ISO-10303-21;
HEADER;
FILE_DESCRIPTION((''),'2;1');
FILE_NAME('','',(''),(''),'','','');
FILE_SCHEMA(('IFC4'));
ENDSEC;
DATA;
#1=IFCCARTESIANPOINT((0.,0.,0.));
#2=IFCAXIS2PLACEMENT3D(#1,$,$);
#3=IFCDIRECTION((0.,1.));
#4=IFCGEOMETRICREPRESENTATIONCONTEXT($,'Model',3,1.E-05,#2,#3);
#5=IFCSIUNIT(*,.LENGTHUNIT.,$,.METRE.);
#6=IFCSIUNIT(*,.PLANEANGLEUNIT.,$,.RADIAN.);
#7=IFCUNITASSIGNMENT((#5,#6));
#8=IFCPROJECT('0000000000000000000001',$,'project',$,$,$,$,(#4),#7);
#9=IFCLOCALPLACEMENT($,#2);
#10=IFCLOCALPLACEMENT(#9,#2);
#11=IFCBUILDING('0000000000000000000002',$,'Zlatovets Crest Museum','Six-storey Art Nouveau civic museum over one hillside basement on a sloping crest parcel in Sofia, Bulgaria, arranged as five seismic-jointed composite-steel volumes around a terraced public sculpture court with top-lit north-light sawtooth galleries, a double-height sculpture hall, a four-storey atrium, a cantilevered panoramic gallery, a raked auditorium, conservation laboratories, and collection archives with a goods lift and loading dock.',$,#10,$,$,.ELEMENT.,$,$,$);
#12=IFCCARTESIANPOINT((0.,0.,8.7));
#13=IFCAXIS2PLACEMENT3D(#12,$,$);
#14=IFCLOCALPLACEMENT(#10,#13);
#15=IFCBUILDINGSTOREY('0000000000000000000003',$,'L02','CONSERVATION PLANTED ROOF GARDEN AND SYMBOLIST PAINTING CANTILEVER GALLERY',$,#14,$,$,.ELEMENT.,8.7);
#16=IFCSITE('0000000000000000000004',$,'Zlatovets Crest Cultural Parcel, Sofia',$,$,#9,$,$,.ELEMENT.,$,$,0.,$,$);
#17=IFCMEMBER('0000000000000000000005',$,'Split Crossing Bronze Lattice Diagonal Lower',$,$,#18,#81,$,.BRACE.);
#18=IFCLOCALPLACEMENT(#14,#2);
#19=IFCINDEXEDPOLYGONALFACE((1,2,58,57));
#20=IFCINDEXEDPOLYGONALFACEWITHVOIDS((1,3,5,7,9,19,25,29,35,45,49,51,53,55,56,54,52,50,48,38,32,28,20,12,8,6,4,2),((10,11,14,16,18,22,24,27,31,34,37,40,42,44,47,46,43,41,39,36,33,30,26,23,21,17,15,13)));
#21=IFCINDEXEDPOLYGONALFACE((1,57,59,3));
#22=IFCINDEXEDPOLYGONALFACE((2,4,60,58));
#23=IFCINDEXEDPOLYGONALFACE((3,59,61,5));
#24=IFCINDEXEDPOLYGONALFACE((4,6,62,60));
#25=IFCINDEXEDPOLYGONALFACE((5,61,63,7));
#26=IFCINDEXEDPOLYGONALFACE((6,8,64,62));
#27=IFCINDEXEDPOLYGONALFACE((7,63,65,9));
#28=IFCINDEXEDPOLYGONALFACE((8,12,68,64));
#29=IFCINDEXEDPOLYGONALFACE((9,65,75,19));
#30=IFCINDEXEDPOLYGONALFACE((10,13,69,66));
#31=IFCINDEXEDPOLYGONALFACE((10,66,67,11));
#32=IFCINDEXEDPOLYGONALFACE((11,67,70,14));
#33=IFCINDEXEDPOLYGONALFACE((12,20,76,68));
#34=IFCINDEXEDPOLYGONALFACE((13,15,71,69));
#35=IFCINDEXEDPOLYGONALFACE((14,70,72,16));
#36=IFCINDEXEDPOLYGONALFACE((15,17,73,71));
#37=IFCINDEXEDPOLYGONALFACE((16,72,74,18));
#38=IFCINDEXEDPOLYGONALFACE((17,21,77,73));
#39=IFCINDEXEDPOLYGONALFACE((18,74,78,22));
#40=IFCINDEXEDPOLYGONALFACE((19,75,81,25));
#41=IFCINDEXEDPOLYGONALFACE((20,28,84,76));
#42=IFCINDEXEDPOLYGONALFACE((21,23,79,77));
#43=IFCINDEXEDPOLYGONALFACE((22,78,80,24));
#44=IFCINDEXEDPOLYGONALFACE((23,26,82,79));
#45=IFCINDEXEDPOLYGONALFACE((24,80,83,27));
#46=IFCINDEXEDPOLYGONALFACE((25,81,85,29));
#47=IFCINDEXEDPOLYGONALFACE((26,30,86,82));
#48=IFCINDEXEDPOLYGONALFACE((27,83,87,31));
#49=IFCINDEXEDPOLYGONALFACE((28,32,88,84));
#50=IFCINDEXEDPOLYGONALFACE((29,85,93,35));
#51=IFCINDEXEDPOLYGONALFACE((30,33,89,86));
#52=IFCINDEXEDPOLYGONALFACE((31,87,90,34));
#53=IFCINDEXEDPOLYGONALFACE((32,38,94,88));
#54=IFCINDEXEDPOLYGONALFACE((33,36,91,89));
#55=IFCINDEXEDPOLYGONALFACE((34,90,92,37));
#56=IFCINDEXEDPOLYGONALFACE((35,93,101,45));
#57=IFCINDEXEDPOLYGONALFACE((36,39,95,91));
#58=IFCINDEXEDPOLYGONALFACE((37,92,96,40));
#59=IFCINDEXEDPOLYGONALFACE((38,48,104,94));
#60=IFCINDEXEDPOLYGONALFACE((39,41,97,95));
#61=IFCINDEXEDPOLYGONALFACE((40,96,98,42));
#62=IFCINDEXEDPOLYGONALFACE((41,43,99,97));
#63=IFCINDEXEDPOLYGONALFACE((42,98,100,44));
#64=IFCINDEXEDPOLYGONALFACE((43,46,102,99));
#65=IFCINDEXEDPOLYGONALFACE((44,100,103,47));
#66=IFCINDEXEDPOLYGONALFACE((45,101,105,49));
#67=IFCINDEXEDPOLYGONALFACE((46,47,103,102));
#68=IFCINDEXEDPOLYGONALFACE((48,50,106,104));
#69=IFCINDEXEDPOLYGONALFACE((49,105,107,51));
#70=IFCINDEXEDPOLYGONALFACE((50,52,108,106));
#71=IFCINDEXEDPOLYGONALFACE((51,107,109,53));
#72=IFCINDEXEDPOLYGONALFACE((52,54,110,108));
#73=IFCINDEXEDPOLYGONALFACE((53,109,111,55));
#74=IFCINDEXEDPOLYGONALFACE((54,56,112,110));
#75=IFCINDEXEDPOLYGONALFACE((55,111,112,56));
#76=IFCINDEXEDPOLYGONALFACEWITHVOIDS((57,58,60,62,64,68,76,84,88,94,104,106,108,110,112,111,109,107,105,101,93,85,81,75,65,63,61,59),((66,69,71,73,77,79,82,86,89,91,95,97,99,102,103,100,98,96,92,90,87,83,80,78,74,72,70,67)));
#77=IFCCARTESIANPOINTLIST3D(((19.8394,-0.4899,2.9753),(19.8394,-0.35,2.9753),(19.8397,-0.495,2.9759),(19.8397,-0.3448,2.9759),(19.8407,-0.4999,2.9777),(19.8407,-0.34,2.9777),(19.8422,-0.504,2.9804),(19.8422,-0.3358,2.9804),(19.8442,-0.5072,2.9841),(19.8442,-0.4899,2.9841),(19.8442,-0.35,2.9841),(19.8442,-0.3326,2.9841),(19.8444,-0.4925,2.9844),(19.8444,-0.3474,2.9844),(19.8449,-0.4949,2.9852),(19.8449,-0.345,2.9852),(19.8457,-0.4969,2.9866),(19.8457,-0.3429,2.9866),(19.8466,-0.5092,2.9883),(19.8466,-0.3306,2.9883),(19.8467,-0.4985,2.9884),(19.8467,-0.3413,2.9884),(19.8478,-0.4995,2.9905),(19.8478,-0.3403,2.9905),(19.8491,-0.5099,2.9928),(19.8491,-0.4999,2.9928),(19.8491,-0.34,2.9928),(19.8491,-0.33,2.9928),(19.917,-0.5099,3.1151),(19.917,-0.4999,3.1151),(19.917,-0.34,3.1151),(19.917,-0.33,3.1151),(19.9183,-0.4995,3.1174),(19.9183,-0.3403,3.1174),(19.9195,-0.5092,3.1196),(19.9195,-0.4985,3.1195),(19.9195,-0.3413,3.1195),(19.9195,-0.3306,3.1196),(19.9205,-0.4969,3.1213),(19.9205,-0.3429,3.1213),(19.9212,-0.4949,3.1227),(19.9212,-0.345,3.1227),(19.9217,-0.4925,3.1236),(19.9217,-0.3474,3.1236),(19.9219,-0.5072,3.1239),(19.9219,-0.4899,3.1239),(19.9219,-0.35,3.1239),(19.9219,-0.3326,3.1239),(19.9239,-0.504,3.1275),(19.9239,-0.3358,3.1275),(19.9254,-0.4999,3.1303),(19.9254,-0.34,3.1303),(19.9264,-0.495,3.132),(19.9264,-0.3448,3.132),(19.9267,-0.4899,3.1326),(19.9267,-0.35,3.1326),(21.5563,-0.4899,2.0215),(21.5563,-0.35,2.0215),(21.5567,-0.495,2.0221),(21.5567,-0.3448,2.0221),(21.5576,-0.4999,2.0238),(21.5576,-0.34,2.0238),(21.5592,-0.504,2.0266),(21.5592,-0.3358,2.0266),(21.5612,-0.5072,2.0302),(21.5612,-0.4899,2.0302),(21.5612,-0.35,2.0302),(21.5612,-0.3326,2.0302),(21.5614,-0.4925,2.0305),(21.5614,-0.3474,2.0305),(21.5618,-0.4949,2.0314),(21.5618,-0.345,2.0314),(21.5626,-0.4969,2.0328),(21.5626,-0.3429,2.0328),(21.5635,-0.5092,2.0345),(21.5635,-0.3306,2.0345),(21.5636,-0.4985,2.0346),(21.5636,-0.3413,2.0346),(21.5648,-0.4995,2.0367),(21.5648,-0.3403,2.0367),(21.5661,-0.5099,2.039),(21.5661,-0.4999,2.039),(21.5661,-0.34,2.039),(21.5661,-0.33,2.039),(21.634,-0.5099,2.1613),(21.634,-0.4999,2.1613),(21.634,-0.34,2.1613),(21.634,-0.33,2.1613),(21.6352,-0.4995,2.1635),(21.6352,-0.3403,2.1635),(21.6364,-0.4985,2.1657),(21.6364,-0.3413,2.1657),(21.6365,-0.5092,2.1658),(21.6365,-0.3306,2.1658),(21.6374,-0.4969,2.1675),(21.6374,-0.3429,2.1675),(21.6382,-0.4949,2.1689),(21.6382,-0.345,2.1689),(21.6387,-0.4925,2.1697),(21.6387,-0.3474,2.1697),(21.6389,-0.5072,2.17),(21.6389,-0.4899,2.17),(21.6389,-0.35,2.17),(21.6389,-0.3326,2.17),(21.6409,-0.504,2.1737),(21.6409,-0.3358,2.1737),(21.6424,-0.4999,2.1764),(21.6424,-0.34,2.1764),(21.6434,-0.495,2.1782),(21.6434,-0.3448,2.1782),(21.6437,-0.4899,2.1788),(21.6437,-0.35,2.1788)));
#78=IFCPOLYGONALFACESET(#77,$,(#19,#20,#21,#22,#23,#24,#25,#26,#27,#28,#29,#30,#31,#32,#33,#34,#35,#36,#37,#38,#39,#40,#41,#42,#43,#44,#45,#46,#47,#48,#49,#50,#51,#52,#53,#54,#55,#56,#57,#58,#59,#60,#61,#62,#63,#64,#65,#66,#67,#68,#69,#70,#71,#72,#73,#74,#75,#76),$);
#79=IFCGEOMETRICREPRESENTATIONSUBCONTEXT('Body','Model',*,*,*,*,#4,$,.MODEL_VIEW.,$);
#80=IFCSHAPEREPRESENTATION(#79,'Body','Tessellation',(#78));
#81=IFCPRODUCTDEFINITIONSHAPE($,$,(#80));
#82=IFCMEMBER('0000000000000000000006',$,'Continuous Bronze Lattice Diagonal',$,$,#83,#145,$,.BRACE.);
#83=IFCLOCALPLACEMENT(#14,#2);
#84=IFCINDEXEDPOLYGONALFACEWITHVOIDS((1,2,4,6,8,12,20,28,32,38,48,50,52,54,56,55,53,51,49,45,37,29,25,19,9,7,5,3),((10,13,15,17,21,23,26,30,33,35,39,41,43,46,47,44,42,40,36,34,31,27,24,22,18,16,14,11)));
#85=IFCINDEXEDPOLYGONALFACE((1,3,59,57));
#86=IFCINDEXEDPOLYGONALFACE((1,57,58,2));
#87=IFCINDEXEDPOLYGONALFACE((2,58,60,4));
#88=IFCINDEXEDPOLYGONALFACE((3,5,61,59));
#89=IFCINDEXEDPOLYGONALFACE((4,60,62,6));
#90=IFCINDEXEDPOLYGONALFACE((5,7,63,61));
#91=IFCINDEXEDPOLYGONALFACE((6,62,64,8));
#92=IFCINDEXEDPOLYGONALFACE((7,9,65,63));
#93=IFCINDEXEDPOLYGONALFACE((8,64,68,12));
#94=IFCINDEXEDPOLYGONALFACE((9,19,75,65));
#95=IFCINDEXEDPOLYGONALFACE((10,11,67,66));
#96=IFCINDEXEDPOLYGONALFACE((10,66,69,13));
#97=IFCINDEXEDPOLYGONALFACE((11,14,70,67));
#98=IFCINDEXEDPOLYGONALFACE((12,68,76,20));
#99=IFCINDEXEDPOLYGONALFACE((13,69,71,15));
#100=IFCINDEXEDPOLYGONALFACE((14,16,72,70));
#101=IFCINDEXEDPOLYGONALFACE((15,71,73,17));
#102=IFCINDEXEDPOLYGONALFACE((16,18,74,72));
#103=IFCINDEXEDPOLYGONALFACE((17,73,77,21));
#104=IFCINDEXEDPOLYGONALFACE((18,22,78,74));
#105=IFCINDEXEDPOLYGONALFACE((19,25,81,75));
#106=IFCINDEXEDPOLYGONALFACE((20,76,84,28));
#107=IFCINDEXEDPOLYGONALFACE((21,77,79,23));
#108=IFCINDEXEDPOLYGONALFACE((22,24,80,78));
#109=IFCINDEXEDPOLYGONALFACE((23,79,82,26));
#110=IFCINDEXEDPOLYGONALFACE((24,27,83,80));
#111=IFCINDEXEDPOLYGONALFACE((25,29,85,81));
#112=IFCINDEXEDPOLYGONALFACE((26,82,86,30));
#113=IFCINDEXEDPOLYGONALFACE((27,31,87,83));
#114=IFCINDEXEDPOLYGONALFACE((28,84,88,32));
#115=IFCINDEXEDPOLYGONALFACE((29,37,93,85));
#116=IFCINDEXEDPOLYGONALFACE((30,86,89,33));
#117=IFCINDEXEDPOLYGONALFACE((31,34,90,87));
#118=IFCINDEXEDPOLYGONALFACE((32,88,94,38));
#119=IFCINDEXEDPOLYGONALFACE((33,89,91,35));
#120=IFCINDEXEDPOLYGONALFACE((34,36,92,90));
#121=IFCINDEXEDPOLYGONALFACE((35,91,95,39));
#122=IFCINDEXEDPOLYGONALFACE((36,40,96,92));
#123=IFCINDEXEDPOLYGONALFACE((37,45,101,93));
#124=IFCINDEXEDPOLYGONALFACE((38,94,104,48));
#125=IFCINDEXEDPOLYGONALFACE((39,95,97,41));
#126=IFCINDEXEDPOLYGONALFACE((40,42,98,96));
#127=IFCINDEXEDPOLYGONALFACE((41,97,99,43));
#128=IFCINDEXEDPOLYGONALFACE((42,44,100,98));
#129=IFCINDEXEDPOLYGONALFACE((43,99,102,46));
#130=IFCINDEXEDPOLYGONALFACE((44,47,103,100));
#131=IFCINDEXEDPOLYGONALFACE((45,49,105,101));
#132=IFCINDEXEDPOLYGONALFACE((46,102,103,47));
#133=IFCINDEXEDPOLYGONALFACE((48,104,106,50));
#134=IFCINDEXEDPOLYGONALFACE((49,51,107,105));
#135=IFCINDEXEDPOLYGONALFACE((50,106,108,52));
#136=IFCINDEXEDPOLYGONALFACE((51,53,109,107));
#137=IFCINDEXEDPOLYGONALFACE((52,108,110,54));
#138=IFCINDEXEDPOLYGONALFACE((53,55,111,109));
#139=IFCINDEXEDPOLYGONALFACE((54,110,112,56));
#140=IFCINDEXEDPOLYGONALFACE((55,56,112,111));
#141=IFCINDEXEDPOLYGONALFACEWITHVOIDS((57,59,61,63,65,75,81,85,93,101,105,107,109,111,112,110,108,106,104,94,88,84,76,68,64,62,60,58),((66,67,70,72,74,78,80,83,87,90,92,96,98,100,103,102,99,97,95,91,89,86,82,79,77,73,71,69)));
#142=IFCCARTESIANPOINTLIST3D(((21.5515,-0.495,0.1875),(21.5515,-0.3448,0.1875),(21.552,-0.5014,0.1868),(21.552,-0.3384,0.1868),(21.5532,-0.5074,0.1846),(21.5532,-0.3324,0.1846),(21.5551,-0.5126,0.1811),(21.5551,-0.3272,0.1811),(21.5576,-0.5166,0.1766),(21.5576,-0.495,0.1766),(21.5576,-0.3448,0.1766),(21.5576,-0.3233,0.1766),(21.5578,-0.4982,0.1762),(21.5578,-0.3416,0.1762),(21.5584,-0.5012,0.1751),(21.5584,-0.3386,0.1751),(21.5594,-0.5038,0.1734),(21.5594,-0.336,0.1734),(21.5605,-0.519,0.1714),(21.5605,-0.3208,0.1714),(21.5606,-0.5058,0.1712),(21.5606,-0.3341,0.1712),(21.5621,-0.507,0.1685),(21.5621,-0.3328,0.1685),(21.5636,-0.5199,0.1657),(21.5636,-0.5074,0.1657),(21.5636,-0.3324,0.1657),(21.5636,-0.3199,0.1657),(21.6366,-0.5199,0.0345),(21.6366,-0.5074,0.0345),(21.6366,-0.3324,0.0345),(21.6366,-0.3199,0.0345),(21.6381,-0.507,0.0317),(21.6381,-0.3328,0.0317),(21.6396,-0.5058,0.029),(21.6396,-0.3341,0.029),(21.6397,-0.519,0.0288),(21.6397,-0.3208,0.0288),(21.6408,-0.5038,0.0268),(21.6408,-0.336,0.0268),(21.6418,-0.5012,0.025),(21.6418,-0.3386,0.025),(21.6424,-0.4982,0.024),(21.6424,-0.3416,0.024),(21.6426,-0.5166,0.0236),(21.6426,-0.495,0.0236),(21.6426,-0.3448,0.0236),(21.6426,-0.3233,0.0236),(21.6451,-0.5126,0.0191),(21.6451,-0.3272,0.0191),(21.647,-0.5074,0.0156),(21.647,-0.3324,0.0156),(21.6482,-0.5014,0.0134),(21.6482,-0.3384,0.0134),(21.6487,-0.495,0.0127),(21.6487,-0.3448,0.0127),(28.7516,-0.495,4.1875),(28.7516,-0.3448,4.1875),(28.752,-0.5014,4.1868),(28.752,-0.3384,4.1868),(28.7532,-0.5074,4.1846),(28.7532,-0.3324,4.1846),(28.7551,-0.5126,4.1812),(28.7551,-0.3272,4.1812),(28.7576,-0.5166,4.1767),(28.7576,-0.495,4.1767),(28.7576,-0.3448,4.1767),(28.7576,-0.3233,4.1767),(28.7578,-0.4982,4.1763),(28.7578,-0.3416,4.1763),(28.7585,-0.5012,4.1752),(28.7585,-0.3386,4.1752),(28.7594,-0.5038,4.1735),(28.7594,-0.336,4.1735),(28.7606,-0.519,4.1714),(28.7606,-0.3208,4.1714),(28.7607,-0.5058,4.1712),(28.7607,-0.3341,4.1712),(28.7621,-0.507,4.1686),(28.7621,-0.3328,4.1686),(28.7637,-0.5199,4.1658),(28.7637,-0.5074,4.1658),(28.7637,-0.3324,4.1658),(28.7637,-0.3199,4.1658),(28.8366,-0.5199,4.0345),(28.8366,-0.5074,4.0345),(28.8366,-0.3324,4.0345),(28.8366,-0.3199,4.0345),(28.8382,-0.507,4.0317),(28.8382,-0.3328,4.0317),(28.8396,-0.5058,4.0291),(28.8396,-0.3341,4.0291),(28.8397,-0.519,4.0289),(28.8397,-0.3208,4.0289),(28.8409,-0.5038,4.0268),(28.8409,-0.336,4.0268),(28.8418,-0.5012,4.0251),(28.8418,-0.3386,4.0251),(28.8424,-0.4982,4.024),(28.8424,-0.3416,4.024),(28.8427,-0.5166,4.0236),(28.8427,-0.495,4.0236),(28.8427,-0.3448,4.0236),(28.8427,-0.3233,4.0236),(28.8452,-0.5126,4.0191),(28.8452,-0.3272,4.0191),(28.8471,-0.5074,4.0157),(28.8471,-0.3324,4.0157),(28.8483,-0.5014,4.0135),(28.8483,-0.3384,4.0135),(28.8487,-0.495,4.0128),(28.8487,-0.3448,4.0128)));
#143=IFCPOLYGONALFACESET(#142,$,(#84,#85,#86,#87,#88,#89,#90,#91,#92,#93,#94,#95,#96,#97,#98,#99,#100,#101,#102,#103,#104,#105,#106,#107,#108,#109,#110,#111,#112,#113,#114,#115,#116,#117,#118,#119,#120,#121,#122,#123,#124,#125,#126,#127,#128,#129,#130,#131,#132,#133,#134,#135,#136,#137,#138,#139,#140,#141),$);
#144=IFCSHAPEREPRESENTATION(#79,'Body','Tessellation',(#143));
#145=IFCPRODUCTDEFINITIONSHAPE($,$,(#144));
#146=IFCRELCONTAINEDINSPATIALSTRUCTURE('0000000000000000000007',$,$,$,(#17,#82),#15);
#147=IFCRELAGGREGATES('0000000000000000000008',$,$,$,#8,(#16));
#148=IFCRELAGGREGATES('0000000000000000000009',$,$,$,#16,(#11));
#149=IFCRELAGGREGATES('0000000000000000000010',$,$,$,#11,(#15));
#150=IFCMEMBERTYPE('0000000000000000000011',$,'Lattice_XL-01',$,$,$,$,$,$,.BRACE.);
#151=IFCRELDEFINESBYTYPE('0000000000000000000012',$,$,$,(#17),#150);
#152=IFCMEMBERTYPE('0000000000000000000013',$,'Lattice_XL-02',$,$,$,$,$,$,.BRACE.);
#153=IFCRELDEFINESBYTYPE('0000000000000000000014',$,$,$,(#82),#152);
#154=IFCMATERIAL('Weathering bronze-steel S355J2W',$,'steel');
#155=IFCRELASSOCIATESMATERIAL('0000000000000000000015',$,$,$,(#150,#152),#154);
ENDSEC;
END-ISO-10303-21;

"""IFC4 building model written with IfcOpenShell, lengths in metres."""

from ifc_helpers import new_model, si_unit, direction, frame, origin, origin_2d, place, context, subcontext, project, spatial, hollow_rectangle, extrude, material, material_profile, profile_set, type_object, element, save


model = new_model("IFC4")

# Units and contexts
model_context = context("Model", 3, precision=1e-05, world=origin(), true_north=direction((0.0, 1.0)))
body_context = subcontext(model_context, "Body", "Model", "MODEL_VIEW")
ifc_project = project(units=[si_unit("LENGTHUNIT", "METRE"), si_unit("PLANEANGLEUNIT", "RADIAN")], contexts=[model_context])

# Site, building, storey
site_placement = place(None, origin())
site = spatial("IfcSite", under=ifc_project, at=site_placement, Name="Zlatovets Crest Cultural Parcel, Sofia", CompositionType="ELEMENT", RefElevation=0.0)
building_placement = place(site_placement, origin())
building = spatial("IfcBuilding", under=site, at=building_placement, Name="Zlatovets Crest Museum", Description="Six-storey Art Nouveau civic museum over one hillside basement on a sloping crest parcel in Sofia, Bulgaria, arranged as five seismic-jointed composite-steel volumes around a terraced public sculpture court with top-lit north-light sawtooth galleries, a double-height sculpture hall, a four-storey atrium, a cantilevered panoramic gallery, a raked auditorium, conservation laboratories, and collection archives with a goods lift and loading dock.", CompositionType="ELEMENT")
storey_placement = place(building_placement, frame((0.0, 0.0, 8.7)))
storey = spatial("IfcBuildingStorey", under=building, at=storey_placement, Name="L02", Description="CONSERVATION PLANTED ROOF GARDEN AND SYMBOLIST PAINTING CANTILEVER GALLERY", CompositionType="ELEMENT", Elevation=8.7)

# Members
ifc_material_1 = material(Name="Weathering bronze-steel S355J2W", Category="steel")
ifc_material_profile_1 = material_profile(ifc_material_1, hollow_rectangle(XDim=0.1799, YDim=0.1799, WallThickness=0.01, InnerFilletRadius=0.01, OuterFilletRadius=0.02, at=origin_2d()), Name="SHS 180x180x10.0")
ifc_profile_set_1 = profile_set([ifc_material_profile_1], Name="Weathering bronze-steel S355J2W")
member_type_1 = type_object("IfcMemberType", Name="Lattice_XL-01", PredefinedType="BRACE", material=ifc_profile_set_1)
for number, where, z_axis, x_axis, name in (
    (1, (19.8831, -0.4199, 3.054), (0.874169, 0.0, -0.485622), (0.0, 1.0, 0.0), "Split Crossing Bronze Lattice Diagonal Lower"),
):
    element("IfcMember", number, at=place(storey_placement, frame(where, z_axis=z_axis, x_axis=x_axis)), inside=storey, type_object=member_type_1, Name=name, PredefinedType="BRACE", context=body_context, shape_type="SweptSolid", body=[
        extrude(hollow_rectangle(XDim=0.1799, YDim=0.1799, WallThickness=0.01, InnerFilletRadius=0.01, OuterFilletRadius=0.02, at=origin_2d()), origin(), (0.0, 0.0, 1.0), 1.9641),
    ])
ifc_material_profile_2 = material_profile(ifc_material_1, hollow_rectangle(XDim=0.2, YDim=0.2, WallThickness=0.0125, InnerFilletRadius=0.0125, OuterFilletRadius=0.0249, at=origin_2d()), Name="SHS 200x200x12.5")
ifc_profile_set_2 = profile_set([ifc_material_profile_2], Name="Weathering bronze-steel S355J2W")
member_type_2 = type_object("IfcMemberType", Name="Lattice_XL-02", PredefinedType="BRACE", material=ifc_profile_set_2)
member_1_placement = place(storey_placement, frame((21.6001, -0.4199, 0.1001), z_axis=(0.874156, 0.0, 0.485645), x_axis=(0.0, 1.0, 0.0)))
element("IfcMember", 2, at=member_1_placement, inside=storey, type_object=member_type_2, Name="Continuous Bronze Lattice Diagonal", PredefinedType="BRACE", context=body_context, shape_type="SweptSolid", body=[
    extrude(hollow_rectangle(XDim=0.2, YDim=0.2, WallThickness=0.0125, InnerFilletRadius=0.0125, OuterFilletRadius=0.0249, at=origin_2d()), origin(), (0.0, 0.0, 1.0), 8.2366),
])

save(model, "model.ifc")
